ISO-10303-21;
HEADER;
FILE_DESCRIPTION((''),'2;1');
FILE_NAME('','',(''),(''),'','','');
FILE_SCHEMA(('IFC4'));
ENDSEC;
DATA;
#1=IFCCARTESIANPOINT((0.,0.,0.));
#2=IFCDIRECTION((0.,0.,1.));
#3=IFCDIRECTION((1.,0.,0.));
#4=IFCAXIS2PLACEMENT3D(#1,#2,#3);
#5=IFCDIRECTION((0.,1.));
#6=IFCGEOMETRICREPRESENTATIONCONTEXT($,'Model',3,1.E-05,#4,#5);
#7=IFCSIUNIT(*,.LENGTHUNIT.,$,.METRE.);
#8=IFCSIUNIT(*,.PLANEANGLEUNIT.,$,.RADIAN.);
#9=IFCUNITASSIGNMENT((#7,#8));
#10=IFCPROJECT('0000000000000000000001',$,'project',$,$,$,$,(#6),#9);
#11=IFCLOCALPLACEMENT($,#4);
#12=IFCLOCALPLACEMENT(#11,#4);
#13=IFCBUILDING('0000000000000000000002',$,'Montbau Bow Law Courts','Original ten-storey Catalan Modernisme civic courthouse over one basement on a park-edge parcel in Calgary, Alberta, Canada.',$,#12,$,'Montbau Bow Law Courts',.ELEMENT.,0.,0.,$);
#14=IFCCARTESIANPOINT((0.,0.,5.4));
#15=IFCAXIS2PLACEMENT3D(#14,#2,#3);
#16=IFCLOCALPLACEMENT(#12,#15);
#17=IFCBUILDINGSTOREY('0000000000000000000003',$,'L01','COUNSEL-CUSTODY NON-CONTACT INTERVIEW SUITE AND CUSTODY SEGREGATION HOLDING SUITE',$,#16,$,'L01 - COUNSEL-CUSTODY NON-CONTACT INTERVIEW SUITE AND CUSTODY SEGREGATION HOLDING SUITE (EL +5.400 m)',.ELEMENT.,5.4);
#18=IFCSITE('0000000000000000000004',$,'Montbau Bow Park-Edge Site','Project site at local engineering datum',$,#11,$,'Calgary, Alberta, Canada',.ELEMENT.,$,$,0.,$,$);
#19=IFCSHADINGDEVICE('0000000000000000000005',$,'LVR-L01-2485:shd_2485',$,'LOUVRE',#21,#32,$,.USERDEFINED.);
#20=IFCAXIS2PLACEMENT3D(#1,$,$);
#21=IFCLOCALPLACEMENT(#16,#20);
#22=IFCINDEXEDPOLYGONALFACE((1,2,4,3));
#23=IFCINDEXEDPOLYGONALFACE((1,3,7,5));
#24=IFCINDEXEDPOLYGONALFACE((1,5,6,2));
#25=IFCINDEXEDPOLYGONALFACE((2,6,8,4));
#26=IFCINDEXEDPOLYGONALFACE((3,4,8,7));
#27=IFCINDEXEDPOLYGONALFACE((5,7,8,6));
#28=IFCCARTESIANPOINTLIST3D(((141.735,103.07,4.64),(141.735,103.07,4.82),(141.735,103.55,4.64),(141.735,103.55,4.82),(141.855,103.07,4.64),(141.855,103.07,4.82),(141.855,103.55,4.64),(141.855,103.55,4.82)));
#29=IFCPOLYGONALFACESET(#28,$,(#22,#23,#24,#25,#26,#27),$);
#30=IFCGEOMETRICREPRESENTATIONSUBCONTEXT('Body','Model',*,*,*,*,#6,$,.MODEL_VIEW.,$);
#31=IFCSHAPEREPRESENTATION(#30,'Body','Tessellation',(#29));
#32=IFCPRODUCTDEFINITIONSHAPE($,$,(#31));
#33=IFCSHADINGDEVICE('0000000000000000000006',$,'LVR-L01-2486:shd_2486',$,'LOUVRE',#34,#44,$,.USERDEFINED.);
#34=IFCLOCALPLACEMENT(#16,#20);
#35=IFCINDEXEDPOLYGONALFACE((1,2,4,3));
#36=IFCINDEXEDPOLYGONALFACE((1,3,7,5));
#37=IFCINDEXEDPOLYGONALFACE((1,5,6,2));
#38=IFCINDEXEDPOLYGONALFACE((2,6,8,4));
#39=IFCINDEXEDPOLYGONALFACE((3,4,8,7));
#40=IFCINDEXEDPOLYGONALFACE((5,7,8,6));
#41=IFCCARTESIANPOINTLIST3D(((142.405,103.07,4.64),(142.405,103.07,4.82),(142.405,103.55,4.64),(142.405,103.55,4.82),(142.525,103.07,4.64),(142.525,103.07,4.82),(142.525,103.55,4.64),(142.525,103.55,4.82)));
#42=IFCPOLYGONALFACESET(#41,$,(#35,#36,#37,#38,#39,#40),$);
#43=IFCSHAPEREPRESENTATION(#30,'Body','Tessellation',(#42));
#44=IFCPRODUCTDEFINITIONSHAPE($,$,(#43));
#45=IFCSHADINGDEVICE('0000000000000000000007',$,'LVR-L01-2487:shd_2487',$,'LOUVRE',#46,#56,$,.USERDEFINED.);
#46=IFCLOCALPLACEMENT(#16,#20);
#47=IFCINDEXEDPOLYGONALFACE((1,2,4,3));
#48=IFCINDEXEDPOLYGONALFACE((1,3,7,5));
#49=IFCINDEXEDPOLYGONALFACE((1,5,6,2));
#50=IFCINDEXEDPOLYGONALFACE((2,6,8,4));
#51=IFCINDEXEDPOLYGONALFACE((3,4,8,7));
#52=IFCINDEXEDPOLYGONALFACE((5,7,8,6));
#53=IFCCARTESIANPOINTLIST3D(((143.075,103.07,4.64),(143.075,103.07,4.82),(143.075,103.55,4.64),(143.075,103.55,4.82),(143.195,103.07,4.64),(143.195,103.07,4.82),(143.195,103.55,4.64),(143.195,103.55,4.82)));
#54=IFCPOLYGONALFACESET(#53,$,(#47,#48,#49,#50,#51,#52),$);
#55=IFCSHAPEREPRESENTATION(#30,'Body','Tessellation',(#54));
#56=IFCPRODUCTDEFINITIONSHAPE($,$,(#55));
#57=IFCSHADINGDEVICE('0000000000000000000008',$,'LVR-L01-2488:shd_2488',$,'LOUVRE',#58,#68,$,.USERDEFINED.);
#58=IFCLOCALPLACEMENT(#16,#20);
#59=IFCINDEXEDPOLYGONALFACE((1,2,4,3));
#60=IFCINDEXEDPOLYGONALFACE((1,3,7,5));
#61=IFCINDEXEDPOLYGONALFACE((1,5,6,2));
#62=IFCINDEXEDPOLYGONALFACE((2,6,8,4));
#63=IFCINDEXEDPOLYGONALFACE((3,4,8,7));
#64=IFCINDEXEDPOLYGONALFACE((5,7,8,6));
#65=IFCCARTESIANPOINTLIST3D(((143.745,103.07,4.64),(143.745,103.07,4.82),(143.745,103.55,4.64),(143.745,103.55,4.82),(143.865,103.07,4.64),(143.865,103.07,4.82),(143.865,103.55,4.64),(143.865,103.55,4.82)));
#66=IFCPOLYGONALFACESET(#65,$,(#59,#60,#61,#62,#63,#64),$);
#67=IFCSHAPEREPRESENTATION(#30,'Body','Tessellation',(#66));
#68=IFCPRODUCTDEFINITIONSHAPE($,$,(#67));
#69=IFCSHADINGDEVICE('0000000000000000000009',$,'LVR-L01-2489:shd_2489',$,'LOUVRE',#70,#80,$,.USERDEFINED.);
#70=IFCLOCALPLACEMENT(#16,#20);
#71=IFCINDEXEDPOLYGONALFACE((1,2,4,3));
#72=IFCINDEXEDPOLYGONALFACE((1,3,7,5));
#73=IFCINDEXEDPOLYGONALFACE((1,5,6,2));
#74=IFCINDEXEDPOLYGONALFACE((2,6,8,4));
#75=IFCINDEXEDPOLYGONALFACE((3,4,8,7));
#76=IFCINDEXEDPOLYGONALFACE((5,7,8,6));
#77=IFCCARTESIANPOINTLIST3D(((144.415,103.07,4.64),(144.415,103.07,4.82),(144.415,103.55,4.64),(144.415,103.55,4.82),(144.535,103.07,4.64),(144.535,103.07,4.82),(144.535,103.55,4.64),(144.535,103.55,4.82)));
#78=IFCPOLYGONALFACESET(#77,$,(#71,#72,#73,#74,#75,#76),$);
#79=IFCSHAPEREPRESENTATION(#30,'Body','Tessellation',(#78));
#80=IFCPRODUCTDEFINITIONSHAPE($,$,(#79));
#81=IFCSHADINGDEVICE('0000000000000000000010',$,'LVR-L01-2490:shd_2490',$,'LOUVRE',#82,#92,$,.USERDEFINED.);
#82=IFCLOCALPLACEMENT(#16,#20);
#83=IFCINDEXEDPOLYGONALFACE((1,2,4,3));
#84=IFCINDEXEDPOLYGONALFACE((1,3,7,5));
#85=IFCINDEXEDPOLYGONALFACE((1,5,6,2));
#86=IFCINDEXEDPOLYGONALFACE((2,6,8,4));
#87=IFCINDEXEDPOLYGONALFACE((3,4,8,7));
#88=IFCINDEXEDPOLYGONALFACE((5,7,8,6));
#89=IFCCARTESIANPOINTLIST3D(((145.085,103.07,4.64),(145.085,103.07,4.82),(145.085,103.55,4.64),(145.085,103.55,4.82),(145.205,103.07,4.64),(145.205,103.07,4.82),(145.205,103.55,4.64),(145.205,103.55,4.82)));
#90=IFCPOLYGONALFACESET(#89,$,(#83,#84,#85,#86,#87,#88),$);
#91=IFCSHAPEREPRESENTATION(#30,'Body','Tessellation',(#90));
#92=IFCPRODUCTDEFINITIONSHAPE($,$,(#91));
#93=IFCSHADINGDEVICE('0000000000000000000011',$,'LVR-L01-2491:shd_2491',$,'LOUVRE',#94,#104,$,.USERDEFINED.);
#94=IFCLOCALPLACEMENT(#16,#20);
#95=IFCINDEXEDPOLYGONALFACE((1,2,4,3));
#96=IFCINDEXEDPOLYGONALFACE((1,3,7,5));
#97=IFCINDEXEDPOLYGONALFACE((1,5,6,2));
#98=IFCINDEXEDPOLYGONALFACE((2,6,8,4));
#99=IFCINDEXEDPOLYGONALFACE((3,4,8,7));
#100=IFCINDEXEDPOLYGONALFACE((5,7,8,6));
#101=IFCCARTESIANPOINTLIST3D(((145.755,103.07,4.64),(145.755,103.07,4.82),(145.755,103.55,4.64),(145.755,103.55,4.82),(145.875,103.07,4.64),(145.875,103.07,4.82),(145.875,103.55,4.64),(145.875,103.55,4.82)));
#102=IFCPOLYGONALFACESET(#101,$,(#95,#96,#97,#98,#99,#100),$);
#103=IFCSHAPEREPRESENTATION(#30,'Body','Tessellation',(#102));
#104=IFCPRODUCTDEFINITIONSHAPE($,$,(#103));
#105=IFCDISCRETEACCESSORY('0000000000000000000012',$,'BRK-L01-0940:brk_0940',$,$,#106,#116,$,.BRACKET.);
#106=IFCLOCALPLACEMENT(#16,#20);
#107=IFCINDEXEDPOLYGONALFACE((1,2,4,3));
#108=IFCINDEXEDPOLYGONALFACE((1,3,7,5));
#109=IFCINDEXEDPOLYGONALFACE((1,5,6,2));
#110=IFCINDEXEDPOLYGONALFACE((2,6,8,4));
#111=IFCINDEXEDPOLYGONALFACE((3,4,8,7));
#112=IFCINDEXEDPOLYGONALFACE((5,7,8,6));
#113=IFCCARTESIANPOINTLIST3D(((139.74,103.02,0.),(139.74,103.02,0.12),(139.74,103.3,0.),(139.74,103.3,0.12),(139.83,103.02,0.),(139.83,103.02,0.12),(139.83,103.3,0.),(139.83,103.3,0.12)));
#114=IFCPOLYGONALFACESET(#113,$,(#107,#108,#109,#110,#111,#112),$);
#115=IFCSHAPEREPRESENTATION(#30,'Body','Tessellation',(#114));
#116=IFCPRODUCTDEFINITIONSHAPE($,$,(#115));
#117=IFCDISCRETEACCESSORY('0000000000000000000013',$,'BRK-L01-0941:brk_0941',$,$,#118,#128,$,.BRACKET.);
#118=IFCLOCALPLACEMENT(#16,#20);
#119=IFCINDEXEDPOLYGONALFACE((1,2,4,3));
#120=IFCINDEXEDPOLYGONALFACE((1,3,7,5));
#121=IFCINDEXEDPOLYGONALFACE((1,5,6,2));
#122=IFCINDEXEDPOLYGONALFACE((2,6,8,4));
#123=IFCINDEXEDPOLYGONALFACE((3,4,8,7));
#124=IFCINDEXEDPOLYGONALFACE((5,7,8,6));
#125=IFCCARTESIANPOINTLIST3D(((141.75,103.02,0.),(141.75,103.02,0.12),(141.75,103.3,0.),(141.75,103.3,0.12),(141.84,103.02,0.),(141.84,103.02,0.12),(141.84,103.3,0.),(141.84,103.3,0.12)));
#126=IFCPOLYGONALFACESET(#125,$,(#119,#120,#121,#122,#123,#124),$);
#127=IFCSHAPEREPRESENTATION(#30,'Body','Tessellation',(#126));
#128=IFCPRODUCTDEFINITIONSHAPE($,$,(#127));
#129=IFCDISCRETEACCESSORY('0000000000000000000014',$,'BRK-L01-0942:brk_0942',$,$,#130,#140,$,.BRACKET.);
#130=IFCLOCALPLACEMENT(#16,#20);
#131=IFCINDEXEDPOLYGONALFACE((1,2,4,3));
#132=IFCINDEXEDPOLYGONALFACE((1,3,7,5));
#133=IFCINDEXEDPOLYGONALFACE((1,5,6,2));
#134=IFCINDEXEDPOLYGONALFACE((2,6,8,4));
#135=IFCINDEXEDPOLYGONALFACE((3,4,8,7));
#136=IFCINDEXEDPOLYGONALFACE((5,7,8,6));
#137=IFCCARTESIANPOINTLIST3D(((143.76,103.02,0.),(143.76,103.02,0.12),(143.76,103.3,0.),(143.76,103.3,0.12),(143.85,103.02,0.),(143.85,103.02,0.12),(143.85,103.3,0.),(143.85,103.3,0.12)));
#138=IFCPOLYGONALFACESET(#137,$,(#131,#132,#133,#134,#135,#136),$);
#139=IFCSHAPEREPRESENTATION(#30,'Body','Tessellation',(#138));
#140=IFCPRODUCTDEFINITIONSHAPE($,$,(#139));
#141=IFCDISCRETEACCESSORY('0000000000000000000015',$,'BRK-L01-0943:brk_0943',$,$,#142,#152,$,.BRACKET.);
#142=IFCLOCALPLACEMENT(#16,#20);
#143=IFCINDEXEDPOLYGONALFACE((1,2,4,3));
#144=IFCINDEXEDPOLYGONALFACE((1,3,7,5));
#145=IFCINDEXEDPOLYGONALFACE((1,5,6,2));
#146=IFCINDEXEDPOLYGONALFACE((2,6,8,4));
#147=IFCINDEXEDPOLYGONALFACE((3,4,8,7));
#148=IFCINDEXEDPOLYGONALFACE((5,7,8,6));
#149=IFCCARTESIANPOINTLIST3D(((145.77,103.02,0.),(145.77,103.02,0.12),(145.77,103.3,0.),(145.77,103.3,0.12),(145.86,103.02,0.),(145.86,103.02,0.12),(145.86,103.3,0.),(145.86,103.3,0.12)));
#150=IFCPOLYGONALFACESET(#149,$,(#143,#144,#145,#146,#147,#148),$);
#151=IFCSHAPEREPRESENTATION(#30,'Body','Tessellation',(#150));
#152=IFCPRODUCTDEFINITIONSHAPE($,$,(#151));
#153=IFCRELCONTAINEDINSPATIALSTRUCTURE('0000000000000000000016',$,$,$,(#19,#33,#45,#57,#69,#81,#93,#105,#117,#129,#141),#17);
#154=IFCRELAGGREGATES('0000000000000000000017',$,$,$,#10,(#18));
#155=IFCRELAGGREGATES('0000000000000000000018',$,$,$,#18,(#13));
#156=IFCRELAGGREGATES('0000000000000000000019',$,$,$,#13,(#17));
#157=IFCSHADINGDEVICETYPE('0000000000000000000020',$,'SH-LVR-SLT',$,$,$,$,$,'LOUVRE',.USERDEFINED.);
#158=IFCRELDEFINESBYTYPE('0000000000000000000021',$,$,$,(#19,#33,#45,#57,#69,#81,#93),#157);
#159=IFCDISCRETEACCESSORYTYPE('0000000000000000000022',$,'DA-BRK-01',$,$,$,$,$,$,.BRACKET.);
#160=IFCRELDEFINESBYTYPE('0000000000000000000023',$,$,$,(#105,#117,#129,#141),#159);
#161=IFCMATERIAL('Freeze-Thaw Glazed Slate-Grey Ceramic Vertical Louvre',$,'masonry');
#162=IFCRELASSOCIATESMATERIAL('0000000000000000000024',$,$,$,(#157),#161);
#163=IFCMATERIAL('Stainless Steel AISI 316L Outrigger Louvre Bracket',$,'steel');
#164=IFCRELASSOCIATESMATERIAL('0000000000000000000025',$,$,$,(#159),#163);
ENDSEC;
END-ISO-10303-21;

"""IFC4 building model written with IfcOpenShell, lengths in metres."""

from ifc_helpers import new_model, si_unit, direction, frame, origin_with_axes, origin_2d_with_axis, place, context, subcontext, project, spatial, rectangle, extrude, material, type_object, element, save


model = new_model("IFC4")

# Units and contexts
model_context = context("Model", 3, precision=1e-05, world=origin_with_axes(), true_north=direction((0.0, 1.0)))
body_context = subcontext(model_context, "Body", "Model", "MODEL_VIEW")
ifc_project = project(units=[si_unit("LENGTHUNIT", "METRE"), si_unit("PLANEANGLEUNIT", "RADIAN")], contexts=[model_context])

# Site, building, storey
site_placement = place(None, origin_with_axes())
site = spatial("IfcSite", under=ifc_project, at=site_placement, Name="Montbau Bow Park-Edge Site", Description="Project site at local engineering datum", LongName="Calgary, Alberta, Canada", CompositionType="ELEMENT", RefElevation=0.0)
building_placement = place(site_placement, origin_with_axes())
building = spatial("IfcBuilding", under=site, at=building_placement, Name="Montbau Bow Law Courts", Description="Original ten-storey Catalan Modernisme civic courthouse over one basement on a park-edge parcel in Calgary, Alberta, Canada.", LongName="Montbau Bow Law Courts", CompositionType="ELEMENT", ElevationOfRefHeight=0.0, ElevationOfTerrain=0.0)
storey_placement = place(building_placement, frame((0.0, 0.0, 5.4), z_axis=(0.0, 0.0, 1.0), x_axis=(1.0, 0.0, 0.0)))
storey = spatial("IfcBuildingStorey", under=building, at=storey_placement, Name="L01", Description="COUNSEL-CUSTODY NON-CONTACT INTERVIEW SUITE AND CUSTODY SEGREGATION HOLDING SUITE", LongName="L01 - COUNSEL-CUSTODY NON-CONTACT INTERVIEW SUITE AND CUSTODY SEGREGATION HOLDING SUITE (EL +5.400 m)", CompositionType="ELEMENT", Elevation=5.4)

# Shared definitions
ifc_material_1 = material(Name="Freeze-Thaw Glazed Slate-Grey Ceramic Vertical Louvre", Category="masonry")

# Shading devices
shading_device_type = type_object("IfcShadingDeviceType", Name="SH-LVR-SLT", ElementType="LOUVRE", PredefinedType="USERDEFINED", material=ifc_material_1)
for number, where, z_axis, x_axis, name in (
    (1, (141.795, 103.31, 10.04), (0.0, 0.0, 1.0), (0.0, 1.0, 0.0), "LVR-L01-2485:shd_2485"),
    (2, (142.465, 103.31, 10.04), (0.0, 0.0, 1.0), (0.0, 1.0, 0.0), "LVR-L01-2486:shd_2486"),
    (3, (143.135, 103.31, 10.04), (0.0, 0.0, 1.0), (0.0, 1.0, 0.0), "LVR-L01-2487:shd_2487"),
    (4, (143.805, 103.31, 10.04), (0.0, 0.0, 1.0), (0.0, 1.0, 0.0), "LVR-L01-2488:shd_2488"),
    (5, (144.475, 103.31, 10.04), (0.0, 0.0, 1.0), (0.0, 1.0, 0.0), "LVR-L01-2489:shd_2489"),
    (6, (145.145, 103.31, 10.04), (0.0, 0.0, 1.0), (0.0, 1.0, 0.0), "LVR-L01-2490:shd_2490"),
    (7, (145.815, 103.31, 10.04), (0.0, 0.0, 1.0), (0.0, 1.0, 0.0), "LVR-L01-2491:shd_2491"),
):
    element("IfcShadingDevice", number, at=place(None, frame(where, z_axis=z_axis, x_axis=x_axis)), inside=storey, type_object=shading_device_type, Name=name, ObjectType="LOUVRE", PredefinedType="USERDEFINED", context=body_context, shape_type="SweptSolid", body=[
        extrude(rectangle(XDim=0.48, YDim=0.12, at=origin_2d_with_axis()), origin_with_axes(), (0.0, 0.0, 1.0), 0.18),
    ])

# Discrete accessories
ifc_material_2 = material(Name="Stainless Steel AISI 316L Outrigger Louvre Bracket", Category="steel")
discrete_accessory_type = type_object("IfcDiscreteAccessoryType", Name="DA-BRK-01", PredefinedType="BRACKET", material=ifc_material_2)
for number, where, z_axis, x_axis, name in (
    (8, (139.785, 103.16, 5.4), (0.0, 0.0, 1.0), (0.0, 1.0, 0.0), "BRK-L01-0940:brk_0940"),
    (9, (141.795, 103.16, 5.4), (0.0, 0.0, 1.0), (0.0, 1.0, 0.0), "BRK-L01-0941:brk_0941"),
    (10, (143.805, 103.16, 5.4), (0.0, 0.0, 1.0), (0.0, 1.0, 0.0), "BRK-L01-0942:brk_0942"),
    (11, (145.815, 103.16, 5.4), (0.0, 0.0, 1.0), (0.0, 1.0, 0.0), "BRK-L01-0943:brk_0943"),
):
    element("IfcDiscreteAccessory", number, at=place(None, frame(where, z_axis=z_axis, x_axis=x_axis)), inside=storey, type_object=discrete_accessory_type, Name=name, PredefinedType="BRACKET", context=body_context, shape_type="SweptSolid", body=[
        extrude(rectangle(XDim=0.28, YDim=0.09, at=origin_2d_with_axis()), origin_with_axes(), (0.0, 0.0, 1.0), 0.12),
    ])

save(model, "model.ifc")
